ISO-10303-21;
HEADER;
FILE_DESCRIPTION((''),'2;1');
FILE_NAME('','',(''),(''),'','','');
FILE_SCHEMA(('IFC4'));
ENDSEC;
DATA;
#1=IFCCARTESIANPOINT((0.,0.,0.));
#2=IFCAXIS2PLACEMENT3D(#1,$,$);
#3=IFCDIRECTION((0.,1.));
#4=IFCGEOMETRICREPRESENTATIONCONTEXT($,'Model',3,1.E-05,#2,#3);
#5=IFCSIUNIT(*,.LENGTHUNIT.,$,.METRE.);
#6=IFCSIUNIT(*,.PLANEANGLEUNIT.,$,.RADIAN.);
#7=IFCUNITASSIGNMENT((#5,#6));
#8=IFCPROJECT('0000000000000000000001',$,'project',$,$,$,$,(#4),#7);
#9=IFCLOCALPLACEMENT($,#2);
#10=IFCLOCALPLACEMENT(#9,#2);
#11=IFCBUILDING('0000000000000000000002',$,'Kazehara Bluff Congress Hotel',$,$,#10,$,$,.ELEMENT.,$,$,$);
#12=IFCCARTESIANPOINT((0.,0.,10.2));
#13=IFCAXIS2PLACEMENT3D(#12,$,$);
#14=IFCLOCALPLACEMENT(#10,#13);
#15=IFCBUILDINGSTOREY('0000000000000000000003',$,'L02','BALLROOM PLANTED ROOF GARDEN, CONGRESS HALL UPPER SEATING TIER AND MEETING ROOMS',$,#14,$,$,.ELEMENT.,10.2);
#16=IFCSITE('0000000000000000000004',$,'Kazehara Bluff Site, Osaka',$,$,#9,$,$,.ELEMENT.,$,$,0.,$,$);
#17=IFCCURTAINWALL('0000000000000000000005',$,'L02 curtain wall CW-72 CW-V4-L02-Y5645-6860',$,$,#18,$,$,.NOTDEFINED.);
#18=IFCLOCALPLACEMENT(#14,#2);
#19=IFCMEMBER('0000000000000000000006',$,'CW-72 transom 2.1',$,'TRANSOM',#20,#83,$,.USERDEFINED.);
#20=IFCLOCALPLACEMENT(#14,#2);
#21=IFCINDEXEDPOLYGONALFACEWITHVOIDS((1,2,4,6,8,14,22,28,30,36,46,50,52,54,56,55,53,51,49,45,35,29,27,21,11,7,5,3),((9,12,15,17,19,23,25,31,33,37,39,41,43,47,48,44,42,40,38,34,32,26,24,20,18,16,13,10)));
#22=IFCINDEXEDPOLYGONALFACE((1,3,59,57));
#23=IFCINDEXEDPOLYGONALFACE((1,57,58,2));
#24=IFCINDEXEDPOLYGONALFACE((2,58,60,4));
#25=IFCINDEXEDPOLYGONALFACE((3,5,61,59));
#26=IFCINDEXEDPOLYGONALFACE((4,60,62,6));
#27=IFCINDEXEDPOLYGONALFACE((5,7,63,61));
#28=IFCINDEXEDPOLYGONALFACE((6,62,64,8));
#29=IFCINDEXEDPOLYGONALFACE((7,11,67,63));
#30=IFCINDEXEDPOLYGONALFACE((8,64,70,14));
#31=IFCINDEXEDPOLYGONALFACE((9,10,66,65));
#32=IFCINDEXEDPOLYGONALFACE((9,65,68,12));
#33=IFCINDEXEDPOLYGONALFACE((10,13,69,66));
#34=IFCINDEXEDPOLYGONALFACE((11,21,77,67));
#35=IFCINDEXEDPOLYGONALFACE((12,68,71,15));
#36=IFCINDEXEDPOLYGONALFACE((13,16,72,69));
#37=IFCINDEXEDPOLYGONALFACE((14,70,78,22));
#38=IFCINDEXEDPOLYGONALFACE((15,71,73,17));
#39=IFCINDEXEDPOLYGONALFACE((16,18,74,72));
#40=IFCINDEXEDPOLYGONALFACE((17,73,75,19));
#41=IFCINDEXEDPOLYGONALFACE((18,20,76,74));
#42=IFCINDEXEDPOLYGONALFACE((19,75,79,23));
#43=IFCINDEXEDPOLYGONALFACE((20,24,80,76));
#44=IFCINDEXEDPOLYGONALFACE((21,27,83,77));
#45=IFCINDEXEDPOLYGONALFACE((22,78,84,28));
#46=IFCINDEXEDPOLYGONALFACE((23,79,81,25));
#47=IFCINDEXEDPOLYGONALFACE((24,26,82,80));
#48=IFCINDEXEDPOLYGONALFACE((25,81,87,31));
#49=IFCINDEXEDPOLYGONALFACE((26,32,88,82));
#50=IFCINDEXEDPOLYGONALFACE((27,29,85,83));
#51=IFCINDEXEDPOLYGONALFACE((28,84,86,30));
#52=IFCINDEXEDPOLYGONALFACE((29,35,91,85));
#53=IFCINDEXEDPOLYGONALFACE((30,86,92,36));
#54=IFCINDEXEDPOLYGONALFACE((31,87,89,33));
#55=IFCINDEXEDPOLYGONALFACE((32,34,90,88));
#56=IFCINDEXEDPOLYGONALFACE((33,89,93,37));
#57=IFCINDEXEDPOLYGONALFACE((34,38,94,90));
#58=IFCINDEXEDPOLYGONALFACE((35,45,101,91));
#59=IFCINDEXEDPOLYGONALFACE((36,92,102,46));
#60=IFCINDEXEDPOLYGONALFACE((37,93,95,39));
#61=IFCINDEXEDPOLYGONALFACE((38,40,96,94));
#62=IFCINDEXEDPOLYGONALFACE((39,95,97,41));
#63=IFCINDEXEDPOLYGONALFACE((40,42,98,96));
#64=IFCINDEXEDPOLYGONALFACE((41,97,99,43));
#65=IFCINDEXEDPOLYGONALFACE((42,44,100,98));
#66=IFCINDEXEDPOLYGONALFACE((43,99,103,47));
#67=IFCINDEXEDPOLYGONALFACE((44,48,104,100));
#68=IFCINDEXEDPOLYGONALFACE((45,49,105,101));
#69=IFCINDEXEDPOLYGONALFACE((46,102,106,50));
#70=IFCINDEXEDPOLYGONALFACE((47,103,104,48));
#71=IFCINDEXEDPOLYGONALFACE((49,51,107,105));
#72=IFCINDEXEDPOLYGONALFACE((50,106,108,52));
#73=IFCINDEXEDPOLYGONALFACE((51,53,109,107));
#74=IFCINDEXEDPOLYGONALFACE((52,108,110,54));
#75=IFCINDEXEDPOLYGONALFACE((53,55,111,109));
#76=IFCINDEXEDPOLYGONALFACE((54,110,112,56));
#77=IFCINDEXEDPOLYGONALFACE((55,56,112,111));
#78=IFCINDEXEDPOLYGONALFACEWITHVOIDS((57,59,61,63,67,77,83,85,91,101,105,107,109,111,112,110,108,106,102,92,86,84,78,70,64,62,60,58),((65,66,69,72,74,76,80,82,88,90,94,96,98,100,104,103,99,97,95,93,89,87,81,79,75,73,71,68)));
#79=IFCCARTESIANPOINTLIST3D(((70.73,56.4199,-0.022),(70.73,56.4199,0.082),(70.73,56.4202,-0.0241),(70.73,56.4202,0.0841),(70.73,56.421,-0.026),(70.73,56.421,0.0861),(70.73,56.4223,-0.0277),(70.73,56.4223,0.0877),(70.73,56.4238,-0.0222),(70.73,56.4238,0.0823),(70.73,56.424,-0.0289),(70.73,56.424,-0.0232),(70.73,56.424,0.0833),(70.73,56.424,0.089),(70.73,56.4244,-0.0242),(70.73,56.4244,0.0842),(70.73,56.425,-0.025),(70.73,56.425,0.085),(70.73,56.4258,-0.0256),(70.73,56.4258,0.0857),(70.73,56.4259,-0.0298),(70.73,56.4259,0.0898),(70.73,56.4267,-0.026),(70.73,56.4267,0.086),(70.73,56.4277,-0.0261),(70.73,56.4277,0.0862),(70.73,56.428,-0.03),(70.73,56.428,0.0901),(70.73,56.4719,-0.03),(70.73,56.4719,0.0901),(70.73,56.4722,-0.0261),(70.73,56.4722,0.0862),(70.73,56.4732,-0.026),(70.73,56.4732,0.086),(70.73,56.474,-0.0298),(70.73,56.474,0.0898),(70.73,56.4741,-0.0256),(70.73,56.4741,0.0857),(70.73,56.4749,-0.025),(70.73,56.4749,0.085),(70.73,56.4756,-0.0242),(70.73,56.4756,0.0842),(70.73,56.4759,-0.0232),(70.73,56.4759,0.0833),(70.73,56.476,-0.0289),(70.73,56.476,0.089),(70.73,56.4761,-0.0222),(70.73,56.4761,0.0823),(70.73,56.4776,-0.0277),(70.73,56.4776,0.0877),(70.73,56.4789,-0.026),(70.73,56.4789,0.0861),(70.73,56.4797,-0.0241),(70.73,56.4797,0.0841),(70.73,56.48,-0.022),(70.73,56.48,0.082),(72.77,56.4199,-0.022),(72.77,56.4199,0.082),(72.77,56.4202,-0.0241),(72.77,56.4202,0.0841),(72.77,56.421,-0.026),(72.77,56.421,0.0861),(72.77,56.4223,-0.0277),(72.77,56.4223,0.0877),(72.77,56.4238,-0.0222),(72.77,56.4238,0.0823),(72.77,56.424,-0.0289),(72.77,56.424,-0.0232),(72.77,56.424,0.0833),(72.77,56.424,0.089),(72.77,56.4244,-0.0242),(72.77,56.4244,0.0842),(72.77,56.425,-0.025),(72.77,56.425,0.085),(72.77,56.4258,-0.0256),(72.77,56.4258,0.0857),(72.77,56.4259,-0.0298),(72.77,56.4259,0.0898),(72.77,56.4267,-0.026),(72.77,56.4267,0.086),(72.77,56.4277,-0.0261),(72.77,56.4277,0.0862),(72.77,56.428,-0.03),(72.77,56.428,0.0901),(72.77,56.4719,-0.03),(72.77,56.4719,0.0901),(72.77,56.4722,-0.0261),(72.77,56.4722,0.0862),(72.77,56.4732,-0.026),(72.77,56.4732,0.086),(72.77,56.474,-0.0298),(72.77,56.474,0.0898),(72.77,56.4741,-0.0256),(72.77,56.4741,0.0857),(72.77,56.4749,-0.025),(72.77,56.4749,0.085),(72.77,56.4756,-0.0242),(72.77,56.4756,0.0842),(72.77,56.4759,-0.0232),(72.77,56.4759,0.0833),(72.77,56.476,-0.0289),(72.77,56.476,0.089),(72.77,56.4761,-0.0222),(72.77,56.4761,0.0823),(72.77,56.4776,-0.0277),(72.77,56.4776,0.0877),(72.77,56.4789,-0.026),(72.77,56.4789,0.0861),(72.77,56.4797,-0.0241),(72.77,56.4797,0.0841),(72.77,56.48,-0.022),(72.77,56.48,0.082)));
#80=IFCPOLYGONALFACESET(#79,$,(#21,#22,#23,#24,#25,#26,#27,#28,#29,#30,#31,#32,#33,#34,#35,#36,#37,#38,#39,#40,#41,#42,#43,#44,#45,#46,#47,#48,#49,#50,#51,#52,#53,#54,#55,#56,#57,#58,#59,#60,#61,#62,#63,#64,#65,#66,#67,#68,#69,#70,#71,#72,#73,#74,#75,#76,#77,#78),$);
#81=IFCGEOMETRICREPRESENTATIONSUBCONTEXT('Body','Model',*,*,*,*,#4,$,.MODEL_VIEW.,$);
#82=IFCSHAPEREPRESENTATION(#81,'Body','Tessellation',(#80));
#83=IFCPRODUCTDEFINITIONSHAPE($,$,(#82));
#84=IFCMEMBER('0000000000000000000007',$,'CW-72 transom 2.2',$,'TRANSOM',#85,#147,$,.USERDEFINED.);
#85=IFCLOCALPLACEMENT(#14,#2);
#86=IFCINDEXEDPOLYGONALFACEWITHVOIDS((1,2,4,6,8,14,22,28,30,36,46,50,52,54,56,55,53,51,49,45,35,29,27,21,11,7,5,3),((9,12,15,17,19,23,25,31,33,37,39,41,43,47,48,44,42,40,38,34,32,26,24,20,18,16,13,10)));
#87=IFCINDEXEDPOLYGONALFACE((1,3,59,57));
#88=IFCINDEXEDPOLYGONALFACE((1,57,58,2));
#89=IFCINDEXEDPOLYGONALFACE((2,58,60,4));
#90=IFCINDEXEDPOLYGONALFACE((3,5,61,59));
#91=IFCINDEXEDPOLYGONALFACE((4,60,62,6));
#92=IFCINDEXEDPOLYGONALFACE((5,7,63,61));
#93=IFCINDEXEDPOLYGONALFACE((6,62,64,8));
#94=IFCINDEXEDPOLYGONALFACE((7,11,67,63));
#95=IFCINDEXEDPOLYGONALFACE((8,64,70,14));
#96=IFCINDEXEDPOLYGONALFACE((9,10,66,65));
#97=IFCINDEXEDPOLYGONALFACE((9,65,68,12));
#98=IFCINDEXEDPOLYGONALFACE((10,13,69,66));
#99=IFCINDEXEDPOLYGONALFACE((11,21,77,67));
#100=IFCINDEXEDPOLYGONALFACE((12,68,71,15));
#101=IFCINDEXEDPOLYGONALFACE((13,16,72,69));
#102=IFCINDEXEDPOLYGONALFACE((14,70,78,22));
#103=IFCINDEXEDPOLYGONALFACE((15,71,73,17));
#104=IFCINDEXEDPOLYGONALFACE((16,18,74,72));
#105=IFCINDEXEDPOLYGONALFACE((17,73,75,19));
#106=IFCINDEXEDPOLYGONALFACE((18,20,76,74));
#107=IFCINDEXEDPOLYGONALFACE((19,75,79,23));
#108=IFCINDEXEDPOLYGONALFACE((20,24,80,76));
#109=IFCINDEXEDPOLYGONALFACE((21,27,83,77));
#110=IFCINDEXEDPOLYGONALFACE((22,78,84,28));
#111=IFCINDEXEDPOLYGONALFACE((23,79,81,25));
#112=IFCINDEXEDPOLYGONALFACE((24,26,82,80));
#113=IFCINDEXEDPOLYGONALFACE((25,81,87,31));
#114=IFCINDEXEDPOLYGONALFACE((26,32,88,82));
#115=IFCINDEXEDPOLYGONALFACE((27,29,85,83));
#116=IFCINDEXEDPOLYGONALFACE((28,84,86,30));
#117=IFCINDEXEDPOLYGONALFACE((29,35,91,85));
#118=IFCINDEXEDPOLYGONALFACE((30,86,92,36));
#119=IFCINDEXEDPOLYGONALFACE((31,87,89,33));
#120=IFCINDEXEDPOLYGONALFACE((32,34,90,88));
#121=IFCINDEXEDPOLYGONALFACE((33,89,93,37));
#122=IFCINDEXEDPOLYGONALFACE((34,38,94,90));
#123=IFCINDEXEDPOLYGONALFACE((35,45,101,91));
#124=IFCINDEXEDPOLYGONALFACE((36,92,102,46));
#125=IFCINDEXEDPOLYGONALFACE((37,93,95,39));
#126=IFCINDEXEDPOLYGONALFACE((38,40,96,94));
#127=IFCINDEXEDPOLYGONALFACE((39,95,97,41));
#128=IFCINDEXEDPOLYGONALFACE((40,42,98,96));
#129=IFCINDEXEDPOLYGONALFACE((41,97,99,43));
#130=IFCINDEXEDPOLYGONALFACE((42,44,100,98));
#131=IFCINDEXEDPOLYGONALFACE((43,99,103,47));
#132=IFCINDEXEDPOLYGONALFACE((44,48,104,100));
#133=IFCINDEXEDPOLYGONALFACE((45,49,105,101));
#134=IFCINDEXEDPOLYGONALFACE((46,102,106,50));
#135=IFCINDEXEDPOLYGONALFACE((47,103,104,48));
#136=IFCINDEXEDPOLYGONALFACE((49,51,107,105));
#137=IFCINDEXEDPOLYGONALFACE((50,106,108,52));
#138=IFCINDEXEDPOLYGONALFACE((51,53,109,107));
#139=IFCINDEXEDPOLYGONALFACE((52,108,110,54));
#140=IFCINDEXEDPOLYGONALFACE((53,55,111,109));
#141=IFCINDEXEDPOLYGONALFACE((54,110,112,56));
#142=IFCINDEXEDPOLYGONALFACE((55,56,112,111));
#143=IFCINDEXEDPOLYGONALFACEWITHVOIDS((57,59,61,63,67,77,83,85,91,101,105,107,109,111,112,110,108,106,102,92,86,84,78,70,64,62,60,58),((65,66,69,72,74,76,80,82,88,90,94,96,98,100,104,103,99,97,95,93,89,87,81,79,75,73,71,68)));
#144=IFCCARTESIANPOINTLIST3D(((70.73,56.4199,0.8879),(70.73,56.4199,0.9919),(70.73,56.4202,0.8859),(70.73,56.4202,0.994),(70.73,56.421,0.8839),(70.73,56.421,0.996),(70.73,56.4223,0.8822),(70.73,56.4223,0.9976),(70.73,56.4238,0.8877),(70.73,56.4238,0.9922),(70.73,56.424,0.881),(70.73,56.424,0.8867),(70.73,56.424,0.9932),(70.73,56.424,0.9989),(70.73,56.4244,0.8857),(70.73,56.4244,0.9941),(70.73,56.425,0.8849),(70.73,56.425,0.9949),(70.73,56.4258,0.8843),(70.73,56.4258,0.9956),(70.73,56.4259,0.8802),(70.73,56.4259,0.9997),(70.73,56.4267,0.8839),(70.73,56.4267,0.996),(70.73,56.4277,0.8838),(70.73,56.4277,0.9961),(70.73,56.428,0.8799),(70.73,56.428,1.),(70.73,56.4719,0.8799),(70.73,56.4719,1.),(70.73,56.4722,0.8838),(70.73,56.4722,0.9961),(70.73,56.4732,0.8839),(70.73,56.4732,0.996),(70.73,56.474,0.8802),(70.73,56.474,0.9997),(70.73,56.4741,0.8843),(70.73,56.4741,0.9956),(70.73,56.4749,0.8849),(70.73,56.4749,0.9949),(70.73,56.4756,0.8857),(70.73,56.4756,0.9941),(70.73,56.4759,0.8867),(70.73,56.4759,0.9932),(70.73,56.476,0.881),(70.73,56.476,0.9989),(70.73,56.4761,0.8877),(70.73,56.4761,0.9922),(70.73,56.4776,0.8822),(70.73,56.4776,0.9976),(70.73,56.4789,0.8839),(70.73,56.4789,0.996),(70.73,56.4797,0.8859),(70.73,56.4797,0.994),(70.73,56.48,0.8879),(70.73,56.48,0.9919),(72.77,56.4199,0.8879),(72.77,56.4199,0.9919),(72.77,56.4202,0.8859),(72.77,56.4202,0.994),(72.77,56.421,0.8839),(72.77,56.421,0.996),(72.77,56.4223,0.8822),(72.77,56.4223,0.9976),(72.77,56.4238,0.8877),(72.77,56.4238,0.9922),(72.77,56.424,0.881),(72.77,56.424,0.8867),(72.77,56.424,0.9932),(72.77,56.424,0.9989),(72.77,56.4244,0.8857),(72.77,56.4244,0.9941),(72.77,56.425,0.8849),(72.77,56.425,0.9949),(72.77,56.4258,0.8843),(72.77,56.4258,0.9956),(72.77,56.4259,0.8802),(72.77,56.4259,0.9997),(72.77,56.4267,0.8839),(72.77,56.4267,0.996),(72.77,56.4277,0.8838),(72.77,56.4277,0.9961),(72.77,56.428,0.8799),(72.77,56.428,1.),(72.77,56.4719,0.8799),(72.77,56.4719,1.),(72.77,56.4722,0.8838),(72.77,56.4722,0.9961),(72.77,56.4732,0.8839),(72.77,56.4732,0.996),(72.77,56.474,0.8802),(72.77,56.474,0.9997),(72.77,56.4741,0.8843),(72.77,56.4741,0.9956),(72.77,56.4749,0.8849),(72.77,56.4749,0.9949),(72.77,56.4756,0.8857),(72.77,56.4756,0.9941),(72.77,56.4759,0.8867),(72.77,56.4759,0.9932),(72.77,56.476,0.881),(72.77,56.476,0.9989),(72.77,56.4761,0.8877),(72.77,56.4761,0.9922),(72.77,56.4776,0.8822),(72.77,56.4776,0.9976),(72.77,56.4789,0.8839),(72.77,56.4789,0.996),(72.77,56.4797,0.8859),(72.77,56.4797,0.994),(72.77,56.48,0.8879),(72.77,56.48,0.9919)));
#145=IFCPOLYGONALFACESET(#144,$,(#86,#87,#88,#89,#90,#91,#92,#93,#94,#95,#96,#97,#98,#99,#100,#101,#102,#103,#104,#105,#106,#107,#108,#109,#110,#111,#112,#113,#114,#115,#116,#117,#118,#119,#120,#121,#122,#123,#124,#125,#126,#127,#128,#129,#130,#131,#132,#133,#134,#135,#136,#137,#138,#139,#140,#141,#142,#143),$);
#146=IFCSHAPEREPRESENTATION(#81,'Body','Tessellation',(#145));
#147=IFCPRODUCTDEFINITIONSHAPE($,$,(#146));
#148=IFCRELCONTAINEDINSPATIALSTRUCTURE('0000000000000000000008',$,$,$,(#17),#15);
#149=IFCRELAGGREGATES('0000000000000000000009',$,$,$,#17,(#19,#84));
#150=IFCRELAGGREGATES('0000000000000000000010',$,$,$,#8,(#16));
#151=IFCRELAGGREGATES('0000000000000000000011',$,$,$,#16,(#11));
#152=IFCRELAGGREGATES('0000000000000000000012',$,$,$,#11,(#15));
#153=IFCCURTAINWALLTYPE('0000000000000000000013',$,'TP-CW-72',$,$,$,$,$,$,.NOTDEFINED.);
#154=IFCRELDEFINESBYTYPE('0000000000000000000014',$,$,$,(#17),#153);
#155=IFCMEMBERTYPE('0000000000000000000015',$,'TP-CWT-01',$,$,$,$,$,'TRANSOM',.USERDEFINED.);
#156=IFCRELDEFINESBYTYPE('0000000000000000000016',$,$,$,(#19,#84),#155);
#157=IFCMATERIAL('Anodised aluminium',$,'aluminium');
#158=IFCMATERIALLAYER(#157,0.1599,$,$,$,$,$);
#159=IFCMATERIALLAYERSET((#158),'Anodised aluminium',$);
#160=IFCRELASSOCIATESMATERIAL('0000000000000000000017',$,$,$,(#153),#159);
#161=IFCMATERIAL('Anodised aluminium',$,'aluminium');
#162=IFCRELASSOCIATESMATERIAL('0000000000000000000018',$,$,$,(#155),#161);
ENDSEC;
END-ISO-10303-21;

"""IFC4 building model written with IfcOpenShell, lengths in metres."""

from ifc_helpers import new_model, si_unit, direction, frame, origin, origin_2d, place, context, subcontext, project, spatial, hollow_rectangle, extrude, material, layer, layer_set, material_profile, profile_set, type_object, element, aggregate, save


model = new_model("IFC4")

# Units and contexts
model_context = context("Model", 3, precision=1e-05, world=origin(), true_north=direction((0.0, 1.0)))
body_context = subcontext(model_context, "Body", "Model", "MODEL_VIEW")
ifc_project = project(units=[si_unit("LENGTHUNIT", "METRE"), si_unit("PLANEANGLEUNIT", "RADIAN")], contexts=[model_context])

# Site, building, storey
site_placement = place(None, origin())
site = spatial("IfcSite", under=ifc_project, at=site_placement, Name="Kazehara Bluff Site, Osaka", CompositionType="ELEMENT", RefElevation=0.0)
building_placement = place(site_placement, origin())
building = spatial("IfcBuilding", under=site, at=building_placement, Name="Kazehara Bluff Congress Hotel", CompositionType="ELEMENT")
storey_placement = place(building_placement, frame((0.0, 0.0, 10.2)))
storey = spatial("IfcBuildingStorey", under=building, at=storey_placement, Name="L02", Description="BALLROOM PLANTED ROOF GARDEN, CONGRESS HALL UPPER SEATING TIER AND MEETING ROOMS", CompositionType="ELEMENT", Elevation=10.2)

# Curtain wall, members
ifc_material_1 = material(Name="Anodised aluminium", Category="aluminium")
ifc_layer_1 = layer(ifc_material_1, 0.1599)
ifc_layer_set_1 = layer_set([ifc_layer_1], Name="Anodised aluminium")
curtain_wall_type = type_object("IfcCurtainWallType", Name="TP-CW-72", PredefinedType="NOTDEFINED", material=ifc_layer_set_1)
curtain_wall_placement = place(storey_placement, origin())
curtain_wall = element("IfcCurtainWall", 1, at=curtain_wall_placement, inside=storey, type_object=curtain_wall_type, Name="L02 curtain wall CW-72 CW-V4-L02-Y5645-6860", PredefinedType="NOTDEFINED")
ifc_material_2 = material(Name="Anodised aluminium", Category="aluminium")
ifc_material_profile_1 = material_profile(ifc_material_2, hollow_rectangle(XDim=0.0601, YDim=0.1201, WallThickness=0.0039, InnerFilletRadius=0.0039, OuterFilletRadius=0.0081, at=origin_2d()))
ifc_profile_set_1 = profile_set([ifc_material_profile_1], Name="Anodised aluminium")
member_type_1 = type_object("IfcMemberType", Name="TP-CWT-01", ElementType="TRANSOM", PredefinedType="USERDEFINED", material=ifc_profile_set_1)
member_1_placement = place(storey_placement, frame((70.73, 56.45, 0.03), z_axis=(1.0, 0.0, 0.0), x_axis=(0.0, 1.0, 0.0)))
member_1 = element("IfcMember", 2, at=member_1_placement, type_object=member_type_1, Name="CW-72 transom 2.1", ObjectType="TRANSOM", PredefinedType="USERDEFINED", context=body_context, shape_type="SweptSolid", body=[
    extrude(hollow_rectangle(XDim=0.0601, YDim=0.1201, WallThickness=0.0039, InnerFilletRadius=0.0039, OuterFilletRadius=0.0081, at=origin_2d()), origin(), (0.0, 0.0, 1.0), 2.04),
])
member_2_placement = place(storey_placement, frame((70.73, 56.45, 0.9399), z_axis=(1.0, 0.0, 0.0), x_axis=(0.0, 1.0, 0.0)))
member_2 = element("IfcMember", 3, at=member_2_placement, type_object=member_type_1, Name="CW-72 transom 2.2", ObjectType="TRANSOM", PredefinedType="USERDEFINED", context=body_context, shape_type="SweptSolid", body=[
    extrude(hollow_rectangle(XDim=0.0601, YDim=0.1201, WallThickness=0.0039, InnerFilletRadius=0.0039, OuterFilletRadius=0.0081, at=origin_2d()), origin(), (0.0, 0.0, 1.0), 2.04),
])
aggregate(curtain_wall, [member_1, member_2])

save(model, "model.ifc")
